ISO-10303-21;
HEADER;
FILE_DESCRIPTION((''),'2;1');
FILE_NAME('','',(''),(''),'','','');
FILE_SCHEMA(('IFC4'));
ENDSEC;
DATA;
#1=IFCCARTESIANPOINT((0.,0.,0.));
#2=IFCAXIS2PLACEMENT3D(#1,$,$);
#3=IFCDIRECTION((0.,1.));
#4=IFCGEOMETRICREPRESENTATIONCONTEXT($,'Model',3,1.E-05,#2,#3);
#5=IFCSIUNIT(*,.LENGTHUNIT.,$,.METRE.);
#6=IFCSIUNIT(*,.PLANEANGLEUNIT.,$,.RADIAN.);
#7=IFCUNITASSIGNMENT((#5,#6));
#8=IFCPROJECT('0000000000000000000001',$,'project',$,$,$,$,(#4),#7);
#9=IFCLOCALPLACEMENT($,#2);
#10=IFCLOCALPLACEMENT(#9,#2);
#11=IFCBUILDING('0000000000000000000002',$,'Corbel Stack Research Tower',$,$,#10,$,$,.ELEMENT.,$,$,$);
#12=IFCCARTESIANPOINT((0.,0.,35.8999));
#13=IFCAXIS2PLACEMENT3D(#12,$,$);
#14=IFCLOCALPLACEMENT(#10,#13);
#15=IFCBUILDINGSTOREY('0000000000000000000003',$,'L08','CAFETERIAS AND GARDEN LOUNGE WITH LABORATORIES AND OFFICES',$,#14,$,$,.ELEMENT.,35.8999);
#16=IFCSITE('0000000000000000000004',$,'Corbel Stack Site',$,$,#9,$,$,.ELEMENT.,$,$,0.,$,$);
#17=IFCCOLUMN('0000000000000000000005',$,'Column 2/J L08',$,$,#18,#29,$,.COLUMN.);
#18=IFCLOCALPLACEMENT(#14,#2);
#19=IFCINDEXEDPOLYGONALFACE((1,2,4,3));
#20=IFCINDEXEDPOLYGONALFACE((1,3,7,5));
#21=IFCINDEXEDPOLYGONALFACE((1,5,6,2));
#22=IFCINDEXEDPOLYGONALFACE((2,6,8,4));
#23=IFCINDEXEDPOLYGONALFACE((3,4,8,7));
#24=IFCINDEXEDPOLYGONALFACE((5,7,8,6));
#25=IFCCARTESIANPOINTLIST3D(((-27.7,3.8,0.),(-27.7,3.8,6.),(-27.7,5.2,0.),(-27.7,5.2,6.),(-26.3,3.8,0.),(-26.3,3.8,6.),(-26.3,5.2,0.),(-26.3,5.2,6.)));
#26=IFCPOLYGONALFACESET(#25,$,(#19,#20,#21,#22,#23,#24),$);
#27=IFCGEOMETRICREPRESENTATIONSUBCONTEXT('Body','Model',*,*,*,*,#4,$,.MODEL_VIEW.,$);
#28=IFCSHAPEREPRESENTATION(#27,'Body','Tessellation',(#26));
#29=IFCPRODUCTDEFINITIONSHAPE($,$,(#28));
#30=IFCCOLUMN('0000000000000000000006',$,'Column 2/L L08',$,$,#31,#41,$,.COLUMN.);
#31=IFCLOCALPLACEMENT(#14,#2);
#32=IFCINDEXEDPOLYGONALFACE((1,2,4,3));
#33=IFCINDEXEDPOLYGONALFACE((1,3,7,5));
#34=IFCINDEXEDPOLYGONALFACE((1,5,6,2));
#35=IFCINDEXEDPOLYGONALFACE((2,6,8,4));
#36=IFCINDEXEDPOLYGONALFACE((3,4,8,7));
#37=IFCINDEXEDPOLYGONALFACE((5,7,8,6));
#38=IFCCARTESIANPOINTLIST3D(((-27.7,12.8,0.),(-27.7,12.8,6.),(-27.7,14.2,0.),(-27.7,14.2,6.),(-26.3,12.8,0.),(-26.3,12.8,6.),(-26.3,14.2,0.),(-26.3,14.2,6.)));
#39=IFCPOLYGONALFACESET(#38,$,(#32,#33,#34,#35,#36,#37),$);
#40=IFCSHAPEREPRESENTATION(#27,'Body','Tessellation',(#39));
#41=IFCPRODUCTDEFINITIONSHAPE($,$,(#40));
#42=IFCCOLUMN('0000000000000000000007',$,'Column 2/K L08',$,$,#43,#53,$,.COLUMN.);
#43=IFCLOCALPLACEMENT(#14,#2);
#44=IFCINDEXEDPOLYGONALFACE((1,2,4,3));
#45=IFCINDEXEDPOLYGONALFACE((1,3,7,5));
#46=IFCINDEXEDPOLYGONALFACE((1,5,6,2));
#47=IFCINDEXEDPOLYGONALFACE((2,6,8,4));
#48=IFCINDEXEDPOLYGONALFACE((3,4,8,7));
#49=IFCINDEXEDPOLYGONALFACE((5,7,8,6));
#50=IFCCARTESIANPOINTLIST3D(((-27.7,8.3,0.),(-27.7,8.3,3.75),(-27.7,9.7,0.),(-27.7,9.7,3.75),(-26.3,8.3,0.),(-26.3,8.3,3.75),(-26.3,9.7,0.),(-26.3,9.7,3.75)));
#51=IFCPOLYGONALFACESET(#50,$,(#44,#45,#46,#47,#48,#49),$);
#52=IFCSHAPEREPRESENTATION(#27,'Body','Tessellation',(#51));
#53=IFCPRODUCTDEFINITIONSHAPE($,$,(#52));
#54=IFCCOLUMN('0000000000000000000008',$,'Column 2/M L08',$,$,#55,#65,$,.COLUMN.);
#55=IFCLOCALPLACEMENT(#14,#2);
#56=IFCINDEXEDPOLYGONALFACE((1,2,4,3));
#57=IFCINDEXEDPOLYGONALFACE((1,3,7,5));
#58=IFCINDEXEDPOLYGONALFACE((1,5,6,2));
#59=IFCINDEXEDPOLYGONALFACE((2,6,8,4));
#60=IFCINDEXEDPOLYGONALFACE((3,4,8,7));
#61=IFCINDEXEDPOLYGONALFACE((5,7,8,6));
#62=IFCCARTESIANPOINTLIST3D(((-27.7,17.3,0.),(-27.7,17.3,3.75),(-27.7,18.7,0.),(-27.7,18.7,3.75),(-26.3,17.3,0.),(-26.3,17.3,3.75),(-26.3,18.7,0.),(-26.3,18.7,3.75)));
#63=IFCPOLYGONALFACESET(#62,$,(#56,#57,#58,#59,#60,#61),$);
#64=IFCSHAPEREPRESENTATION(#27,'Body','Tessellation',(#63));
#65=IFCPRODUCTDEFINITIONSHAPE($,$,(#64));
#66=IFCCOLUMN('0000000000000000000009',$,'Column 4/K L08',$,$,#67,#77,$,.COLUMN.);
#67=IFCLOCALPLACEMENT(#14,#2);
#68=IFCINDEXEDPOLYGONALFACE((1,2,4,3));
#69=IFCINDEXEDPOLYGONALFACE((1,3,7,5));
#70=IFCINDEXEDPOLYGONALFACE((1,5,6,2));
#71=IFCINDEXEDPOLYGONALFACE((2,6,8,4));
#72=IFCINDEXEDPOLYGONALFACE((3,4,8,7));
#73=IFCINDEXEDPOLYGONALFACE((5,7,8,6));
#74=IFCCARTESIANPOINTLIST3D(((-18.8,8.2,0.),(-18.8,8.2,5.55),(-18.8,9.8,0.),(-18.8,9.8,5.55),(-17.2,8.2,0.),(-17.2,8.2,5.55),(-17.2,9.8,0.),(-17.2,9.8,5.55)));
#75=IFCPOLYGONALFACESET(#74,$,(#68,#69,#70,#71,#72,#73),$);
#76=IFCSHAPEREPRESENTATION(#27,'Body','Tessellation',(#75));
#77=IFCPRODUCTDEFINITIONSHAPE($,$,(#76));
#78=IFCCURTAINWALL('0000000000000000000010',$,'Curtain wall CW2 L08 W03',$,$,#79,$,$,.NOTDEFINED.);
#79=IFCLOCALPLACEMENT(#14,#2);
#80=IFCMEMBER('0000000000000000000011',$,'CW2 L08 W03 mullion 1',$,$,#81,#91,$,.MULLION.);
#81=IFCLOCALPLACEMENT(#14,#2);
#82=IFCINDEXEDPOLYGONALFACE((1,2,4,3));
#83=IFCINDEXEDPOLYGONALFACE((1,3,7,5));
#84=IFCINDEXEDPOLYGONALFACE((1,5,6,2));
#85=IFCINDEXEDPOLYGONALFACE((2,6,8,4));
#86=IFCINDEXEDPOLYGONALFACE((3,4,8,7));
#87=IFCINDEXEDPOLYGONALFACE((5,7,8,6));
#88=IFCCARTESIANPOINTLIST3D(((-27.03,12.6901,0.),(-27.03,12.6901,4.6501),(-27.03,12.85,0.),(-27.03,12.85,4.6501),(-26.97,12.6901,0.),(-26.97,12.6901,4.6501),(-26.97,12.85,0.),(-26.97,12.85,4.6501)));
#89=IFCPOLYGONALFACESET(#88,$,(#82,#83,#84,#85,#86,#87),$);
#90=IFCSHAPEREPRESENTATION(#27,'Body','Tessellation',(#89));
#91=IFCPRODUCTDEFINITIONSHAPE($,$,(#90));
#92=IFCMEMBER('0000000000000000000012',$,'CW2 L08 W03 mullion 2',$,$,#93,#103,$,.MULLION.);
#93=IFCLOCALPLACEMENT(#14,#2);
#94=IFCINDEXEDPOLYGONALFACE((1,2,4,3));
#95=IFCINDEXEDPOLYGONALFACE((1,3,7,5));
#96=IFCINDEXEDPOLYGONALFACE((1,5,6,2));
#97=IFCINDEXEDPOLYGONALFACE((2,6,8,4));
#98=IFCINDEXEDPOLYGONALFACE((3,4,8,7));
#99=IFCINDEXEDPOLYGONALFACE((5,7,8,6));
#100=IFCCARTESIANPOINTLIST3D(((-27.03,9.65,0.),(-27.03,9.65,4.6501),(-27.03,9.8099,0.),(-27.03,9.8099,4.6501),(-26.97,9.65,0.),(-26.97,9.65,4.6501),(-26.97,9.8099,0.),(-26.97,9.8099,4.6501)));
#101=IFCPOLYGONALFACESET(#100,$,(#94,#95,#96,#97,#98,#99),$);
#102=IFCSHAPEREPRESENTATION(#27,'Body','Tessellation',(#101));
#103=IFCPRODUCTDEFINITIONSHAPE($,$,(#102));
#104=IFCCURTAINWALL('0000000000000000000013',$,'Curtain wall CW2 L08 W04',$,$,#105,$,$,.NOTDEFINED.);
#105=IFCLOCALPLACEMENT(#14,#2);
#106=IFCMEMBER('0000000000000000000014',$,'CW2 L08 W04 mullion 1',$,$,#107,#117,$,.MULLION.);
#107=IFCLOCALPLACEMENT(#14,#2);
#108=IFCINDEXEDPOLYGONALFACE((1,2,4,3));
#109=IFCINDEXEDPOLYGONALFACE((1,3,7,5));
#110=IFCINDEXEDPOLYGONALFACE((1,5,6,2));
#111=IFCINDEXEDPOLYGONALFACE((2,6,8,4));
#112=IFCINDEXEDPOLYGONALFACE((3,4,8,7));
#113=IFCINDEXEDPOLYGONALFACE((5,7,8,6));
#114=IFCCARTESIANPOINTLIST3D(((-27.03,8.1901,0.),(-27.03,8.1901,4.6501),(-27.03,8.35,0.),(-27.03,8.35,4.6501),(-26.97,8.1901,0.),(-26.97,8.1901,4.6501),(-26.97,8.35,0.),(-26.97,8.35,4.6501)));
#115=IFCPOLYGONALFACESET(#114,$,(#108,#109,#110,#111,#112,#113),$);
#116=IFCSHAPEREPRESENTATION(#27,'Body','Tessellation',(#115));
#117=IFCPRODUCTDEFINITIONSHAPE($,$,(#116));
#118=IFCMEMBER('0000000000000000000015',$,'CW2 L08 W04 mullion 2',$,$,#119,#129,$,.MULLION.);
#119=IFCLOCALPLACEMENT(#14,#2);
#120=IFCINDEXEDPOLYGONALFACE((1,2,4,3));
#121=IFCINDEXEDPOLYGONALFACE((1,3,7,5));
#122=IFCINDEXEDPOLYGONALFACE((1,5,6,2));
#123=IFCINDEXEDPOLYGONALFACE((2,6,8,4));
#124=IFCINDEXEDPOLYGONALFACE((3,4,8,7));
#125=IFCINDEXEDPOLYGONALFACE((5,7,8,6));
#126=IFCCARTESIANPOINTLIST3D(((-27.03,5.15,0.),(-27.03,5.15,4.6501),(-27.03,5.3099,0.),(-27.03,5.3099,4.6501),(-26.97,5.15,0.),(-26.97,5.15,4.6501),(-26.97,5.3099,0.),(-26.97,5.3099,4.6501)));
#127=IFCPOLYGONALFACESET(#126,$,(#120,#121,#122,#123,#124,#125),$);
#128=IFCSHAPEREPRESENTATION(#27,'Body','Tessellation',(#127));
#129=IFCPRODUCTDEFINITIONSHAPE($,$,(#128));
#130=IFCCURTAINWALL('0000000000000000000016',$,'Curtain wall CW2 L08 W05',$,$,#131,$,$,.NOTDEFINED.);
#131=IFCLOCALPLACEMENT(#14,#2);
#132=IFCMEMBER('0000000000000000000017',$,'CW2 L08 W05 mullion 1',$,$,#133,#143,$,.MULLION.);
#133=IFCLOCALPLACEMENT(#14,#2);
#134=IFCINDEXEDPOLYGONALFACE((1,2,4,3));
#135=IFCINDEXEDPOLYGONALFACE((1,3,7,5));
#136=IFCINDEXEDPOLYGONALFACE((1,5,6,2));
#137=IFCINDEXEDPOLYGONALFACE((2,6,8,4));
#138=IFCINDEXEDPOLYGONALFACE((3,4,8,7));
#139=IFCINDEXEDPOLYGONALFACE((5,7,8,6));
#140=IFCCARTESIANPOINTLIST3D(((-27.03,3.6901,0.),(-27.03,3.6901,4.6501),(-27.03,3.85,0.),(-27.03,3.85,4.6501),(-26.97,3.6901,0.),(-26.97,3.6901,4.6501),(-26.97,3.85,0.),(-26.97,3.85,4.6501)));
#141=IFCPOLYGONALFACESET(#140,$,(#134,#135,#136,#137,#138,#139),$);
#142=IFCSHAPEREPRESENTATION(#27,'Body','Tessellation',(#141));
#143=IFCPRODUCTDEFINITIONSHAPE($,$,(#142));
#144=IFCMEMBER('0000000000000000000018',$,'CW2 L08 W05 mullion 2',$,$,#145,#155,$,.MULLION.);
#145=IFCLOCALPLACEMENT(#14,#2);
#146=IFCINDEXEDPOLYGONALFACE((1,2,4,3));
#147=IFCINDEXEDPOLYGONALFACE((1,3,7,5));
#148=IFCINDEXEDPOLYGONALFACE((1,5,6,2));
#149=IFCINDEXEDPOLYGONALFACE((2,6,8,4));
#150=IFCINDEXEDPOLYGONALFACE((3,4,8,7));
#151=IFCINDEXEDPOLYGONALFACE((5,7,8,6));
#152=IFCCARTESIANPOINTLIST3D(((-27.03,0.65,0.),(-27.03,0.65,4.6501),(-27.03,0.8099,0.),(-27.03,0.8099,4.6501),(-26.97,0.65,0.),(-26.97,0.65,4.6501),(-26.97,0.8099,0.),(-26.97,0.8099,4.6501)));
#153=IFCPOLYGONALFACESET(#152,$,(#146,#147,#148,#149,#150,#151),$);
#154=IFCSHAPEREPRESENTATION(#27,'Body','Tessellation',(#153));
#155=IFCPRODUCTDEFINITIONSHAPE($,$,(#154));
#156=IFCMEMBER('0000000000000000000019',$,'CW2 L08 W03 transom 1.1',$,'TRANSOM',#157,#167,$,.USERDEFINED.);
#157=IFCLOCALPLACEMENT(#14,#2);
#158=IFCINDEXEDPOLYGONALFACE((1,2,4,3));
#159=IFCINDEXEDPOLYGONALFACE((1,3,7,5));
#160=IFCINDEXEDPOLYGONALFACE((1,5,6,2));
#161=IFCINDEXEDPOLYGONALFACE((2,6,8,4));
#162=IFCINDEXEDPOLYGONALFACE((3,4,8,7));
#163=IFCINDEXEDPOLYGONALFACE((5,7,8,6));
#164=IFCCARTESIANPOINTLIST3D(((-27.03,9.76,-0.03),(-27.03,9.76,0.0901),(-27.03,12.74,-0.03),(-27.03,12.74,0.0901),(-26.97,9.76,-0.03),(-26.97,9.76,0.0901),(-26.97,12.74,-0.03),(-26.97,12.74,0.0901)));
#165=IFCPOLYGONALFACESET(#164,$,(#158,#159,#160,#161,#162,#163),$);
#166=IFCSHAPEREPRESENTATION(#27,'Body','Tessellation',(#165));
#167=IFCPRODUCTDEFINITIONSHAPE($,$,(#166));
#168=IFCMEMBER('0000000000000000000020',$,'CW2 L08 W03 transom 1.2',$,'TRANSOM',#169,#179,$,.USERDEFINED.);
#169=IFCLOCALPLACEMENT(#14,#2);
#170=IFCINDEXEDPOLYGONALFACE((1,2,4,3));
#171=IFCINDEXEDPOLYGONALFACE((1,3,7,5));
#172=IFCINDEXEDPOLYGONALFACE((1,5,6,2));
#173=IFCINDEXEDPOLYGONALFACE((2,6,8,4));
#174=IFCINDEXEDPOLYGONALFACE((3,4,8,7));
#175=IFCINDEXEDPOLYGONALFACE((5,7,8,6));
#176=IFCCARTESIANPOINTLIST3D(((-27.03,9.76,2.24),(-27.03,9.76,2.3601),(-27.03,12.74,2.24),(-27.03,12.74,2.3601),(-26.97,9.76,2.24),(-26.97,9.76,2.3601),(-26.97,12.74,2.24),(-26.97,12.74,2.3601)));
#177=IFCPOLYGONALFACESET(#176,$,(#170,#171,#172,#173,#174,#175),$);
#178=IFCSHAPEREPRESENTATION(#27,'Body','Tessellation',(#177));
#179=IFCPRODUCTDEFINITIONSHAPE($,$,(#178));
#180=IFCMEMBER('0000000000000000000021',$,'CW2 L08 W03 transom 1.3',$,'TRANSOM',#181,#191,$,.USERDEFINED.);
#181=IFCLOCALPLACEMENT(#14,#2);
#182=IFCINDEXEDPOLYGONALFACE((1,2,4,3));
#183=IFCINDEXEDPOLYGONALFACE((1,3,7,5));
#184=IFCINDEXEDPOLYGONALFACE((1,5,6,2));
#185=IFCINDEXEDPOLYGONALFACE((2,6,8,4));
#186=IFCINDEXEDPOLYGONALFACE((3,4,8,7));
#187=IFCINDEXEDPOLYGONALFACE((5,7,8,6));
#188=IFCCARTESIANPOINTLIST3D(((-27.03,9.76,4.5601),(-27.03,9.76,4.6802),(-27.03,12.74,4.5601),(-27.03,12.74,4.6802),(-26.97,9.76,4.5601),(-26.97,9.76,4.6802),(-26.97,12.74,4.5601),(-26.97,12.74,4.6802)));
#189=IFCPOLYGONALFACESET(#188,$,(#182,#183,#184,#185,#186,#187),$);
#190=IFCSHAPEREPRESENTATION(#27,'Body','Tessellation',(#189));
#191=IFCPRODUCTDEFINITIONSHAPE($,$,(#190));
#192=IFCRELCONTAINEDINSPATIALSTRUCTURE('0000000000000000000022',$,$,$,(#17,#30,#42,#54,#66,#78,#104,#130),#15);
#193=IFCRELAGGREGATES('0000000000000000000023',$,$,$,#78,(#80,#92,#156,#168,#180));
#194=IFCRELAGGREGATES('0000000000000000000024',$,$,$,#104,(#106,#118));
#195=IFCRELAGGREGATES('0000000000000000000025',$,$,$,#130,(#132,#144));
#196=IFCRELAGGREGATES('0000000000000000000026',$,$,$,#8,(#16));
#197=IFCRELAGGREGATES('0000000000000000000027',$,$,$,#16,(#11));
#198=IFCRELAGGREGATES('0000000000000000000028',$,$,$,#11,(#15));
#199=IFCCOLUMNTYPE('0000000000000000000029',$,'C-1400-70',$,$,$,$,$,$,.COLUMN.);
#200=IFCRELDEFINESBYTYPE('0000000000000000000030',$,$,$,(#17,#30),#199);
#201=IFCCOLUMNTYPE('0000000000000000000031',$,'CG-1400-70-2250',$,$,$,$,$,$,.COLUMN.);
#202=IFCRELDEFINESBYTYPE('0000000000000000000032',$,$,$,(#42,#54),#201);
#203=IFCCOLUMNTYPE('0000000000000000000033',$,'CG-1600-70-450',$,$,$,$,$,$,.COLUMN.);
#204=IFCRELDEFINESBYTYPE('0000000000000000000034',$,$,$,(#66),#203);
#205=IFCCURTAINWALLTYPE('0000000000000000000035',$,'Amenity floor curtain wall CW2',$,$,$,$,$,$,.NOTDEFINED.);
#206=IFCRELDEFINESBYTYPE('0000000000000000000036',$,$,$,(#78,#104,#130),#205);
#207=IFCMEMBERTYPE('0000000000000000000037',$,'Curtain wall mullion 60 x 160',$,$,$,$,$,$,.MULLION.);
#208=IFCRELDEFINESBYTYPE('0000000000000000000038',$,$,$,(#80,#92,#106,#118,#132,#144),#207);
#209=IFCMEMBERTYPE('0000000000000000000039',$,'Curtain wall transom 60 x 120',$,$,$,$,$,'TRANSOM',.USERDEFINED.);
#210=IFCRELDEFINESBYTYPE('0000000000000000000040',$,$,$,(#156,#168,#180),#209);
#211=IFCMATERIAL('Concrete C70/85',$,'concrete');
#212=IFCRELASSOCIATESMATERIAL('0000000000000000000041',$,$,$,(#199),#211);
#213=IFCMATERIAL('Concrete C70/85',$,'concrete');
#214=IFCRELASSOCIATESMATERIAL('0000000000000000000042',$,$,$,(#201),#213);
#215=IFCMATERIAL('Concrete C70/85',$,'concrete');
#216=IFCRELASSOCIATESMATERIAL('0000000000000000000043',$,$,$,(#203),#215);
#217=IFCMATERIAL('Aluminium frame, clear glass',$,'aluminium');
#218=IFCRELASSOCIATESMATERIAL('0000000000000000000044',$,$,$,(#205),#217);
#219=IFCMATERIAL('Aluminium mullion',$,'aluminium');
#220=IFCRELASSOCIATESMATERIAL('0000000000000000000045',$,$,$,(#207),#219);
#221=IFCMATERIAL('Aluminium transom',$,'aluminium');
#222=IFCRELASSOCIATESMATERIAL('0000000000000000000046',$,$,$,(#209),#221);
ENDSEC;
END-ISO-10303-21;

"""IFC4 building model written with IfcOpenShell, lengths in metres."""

from ifc_helpers import new_model, si_unit, direction, frame, origin, origin_2d, place, context, subcontext, project, spatial, rectangle, extrude, material, material_profile, profile_set, type_object, element, aggregate, save


model = new_model("IFC4")

# Units and contexts
model_context = context("Model", 3, precision=1e-05, world=origin(), true_north=direction((0.0, 1.0)))
body_context = subcontext(model_context, "Body", "Model", "MODEL_VIEW")
ifc_project = project(units=[si_unit("LENGTHUNIT", "METRE"), si_unit("PLANEANGLEUNIT", "RADIAN")], contexts=[model_context])

# Site, building, storey
site_placement = place(None, origin())
site = spatial("IfcSite", under=ifc_project, at=site_placement, Name="Corbel Stack Site", CompositionType="ELEMENT", RefElevation=0.0)
building_placement = place(site_placement, origin())
building = spatial("IfcBuilding", under=site, at=building_placement, Name="Corbel Stack Research Tower", CompositionType="ELEMENT")
storey_placement = place(building_placement, frame((0.0, 0.0, 35.8999)))
storey = spatial("IfcBuildingStorey", under=building, at=storey_placement, Name="L08", Description="CAFETERIAS AND GARDEN LOUNGE WITH LABORATORIES AND OFFICES", CompositionType="ELEMENT", Elevation=35.8999)

# Columns
ifc_material_1 = material(Name="Concrete C70/85", Category="concrete")
ifc_material_profile_1 = material_profile(ifc_material_1, rectangle(XDim=1.3999, YDim=1.3999, at=origin_2d()), Name="RC 1400 x 1400")
ifc_profile_set_1 = profile_set([ifc_material_profile_1], Name="Concrete C70/85")
column_type_1 = type_object("IfcColumnType", Name="C-1400-70", PredefinedType="COLUMN", material=ifc_profile_set_1)
for number, where, z_axis, x_axis, name in (
    (1, (-27.0, 4.5, 0.0), (0.0, 0.0, 1.0), (1.0, 0.0, 0.0), "Column 2/J L08"),
    (2, (-27.0, 13.5, 0.0), (0.0, 0.0, 1.0), (1.0, 0.0, 0.0), "Column 2/L L08"),
):
    element("IfcColumn", number, at=place(storey_placement, frame(where, z_axis=z_axis, x_axis=x_axis)), inside=storey, type_object=column_type_1, Name=name, PredefinedType="COLUMN", context=body_context, shape_type="SweptSolid", body=[
        extrude(rectangle(XDim=1.3999, YDim=1.3999, at=origin_2d()), origin(), (0.0, 0.0, 1.0), 6.0),
    ])
ifc_material_2 = material(Name="Concrete C70/85", Category="concrete")
ifc_material_profile_2 = material_profile(ifc_material_2, rectangle(XDim=1.3999, YDim=1.3999, at=origin_2d()), Name="RC 1400 x 1400")
ifc_profile_set_2 = profile_set([ifc_material_profile_2], Name="Concrete C70/85")
column_type_2 = type_object("IfcColumnType", Name="CG-1400-70-2250", PredefinedType="COLUMN", material=ifc_profile_set_2)
for number, where, z_axis, x_axis, name in (
    (3, (-27.0, 9.0, 0.0), (0.0, 0.0, 1.0), (1.0, 0.0, 0.0), "Column 2/K L08"),
    (4, (-27.0, 18.0, 0.0), (0.0, 0.0, 1.0), (1.0, 0.0, 0.0), "Column 2/M L08"),
):
    element("IfcColumn", number, at=place(storey_placement, frame(where, z_axis=z_axis, x_axis=x_axis)), inside=storey, type_object=column_type_2, Name=name, PredefinedType="COLUMN", context=body_context, shape_type="SweptSolid", body=[
        extrude(rectangle(XDim=1.3999, YDim=1.3999, at=origin_2d()), origin(), (0.0, 0.0, 1.0), 3.75),
    ])
ifc_material_3 = material(Name="Concrete C70/85", Category="concrete")
ifc_material_profile_3 = material_profile(ifc_material_3, rectangle(XDim=1.6001, YDim=1.6001, at=origin_2d()), Name="RC 1600 x 1600")
ifc_profile_set_3 = profile_set([ifc_material_profile_3], Name="Concrete C70/85")
column_type_3 = type_object("IfcColumnType", Name="CG-1600-70-450", PredefinedType="COLUMN", material=ifc_profile_set_3)
column_placement = place(storey_placement, frame((-18.0, 9.0, 0.0), z_axis=(0.0, 0.0, 1.0), x_axis=(1.0, 0.0, 0.0)))
element("IfcColumn", 5, at=column_placement, inside=storey, type_object=column_type_3, Name="Column 4/K L08", PredefinedType="COLUMN", context=body_context, shape_type="SweptSolid", body=[
    extrude(rectangle(XDim=1.6001, YDim=1.6001, at=origin_2d()), origin(), (0.0, 0.0, 1.0), 5.55),
])

# Curtain walls, members
ifc_material_4 = material(Name="Aluminium frame, clear glass", Category="aluminium")
curtain_wall_type = type_object("IfcCurtainWallType", Name="Amenity floor curtain wall CW2", PredefinedType="NOTDEFINED", material=ifc_material_4)
curtain_wall_1_placement = place(storey_placement, origin())
curtain_wall_1 = element("IfcCurtainWall", 6, at=curtain_wall_1_placement, inside=storey, type_object=curtain_wall_type, Name="Curtain wall CW2 L08 W03", PredefinedType="NOTDEFINED")
ifc_material_5 = material(Name="Aluminium mullion", Category="aluminium")
ifc_material_profile_4 = material_profile(ifc_material_5, rectangle(XDim=0.0601, YDim=0.1599, at=origin_2d()), Name="Mullion 60 x 160")
ifc_profile_set_4 = profile_set([ifc_material_profile_4], Name="Aluminium mullion")
member_type_1 = type_object("IfcMemberType", Name="Curtain wall mullion 60 x 160", PredefinedType="MULLION", material=ifc_profile_set_4)
member_1_placement = place(storey_placement, frame((-27.0, 12.77, 0.0), z_axis=(0.0, 0.0, 1.0), x_axis=(1.0, 0.0, 0.0)))
member_1 = element("IfcMember", 7, at=member_1_placement, type_object=member_type_1, Name="CW2 L08 W03 mullion 1", PredefinedType="MULLION", context=body_context, shape_type="SweptSolid", body=[
    extrude(rectangle(XDim=0.0601, YDim=0.1599, at=origin_2d()), origin(), (0.0, 0.0, 1.0), 4.6501),
])
member_2_placement = place(storey_placement, frame((-27.0, 9.73, 0.0), z_axis=(0.0, 0.0, 1.0), x_axis=(1.0, 0.0, 0.0)))
member_2 = element("IfcMember", 8, at=member_2_placement, type_object=member_type_1, Name="CW2 L08 W03 mullion 2", PredefinedType="MULLION", context=body_context, shape_type="SweptSolid", body=[
    extrude(rectangle(XDim=0.0601, YDim=0.1599, at=origin_2d()), origin(), (0.0, 0.0, 1.0), 4.6501),
])
curtain_wall_2_placement = place(storey_placement, origin())
curtain_wall_2 = element("IfcCurtainWall", 9, at=curtain_wall_2_placement, inside=storey, type_object=curtain_wall_type, Name="Curtain wall CW2 L08 W04", PredefinedType="NOTDEFINED")
member_3_placement = place(storey_placement, frame((-27.0, 8.27, 0.0), z_axis=(0.0, 0.0, 1.0), x_axis=(1.0, 0.0, 0.0)))
member_3 = element("IfcMember", 10, at=member_3_placement, type_object=member_type_1, Name="CW2 L08 W04 mullion 1", PredefinedType="MULLION", context=body_context, shape_type="SweptSolid", body=[
    extrude(rectangle(XDim=0.0601, YDim=0.1599, at=origin_2d()), origin(), (0.0, 0.0, 1.0), 4.6501),
])
member_4_placement = place(storey_placement, frame((-27.0, 5.23, 0.0), z_axis=(0.0, 0.0, 1.0), x_axis=(1.0, 0.0, 0.0)))
member_4 = element("IfcMember", 11, at=member_4_placement, type_object=member_type_1, Name="CW2 L08 W04 mullion 2", PredefinedType="MULLION", context=body_context, shape_type="SweptSolid", body=[
    extrude(rectangle(XDim=0.0601, YDim=0.1599, at=origin_2d()), origin(), (0.0, 0.0, 1.0), 4.6501),
])
curtain_wall_3_placement = place(storey_placement, origin())
curtain_wall_3 = element("IfcCurtainWall", 12, at=curtain_wall_3_placement, inside=storey, type_object=curtain_wall_type, Name="Curtain wall CW2 L08 W05", PredefinedType="NOTDEFINED")
member_5_placement = place(storey_placement, frame((-27.0, 3.77, 0.0), z_axis=(0.0, 0.0, 1.0), x_axis=(1.0, 0.0, 0.0)))
member_5 = element("IfcMember", 13, at=member_5_placement, type_object=member_type_1, Name="CW2 L08 W05 mullion 1", PredefinedType="MULLION", context=body_context, shape_type="SweptSolid", body=[
    extrude(rectangle(XDim=0.0601, YDim=0.1599, at=origin_2d()), origin(), (0.0, 0.0, 1.0), 4.6501),
])
member_6_placement = place(storey_placement, frame((-27.0, 0.73, 0.0), z_axis=(0.0, 0.0, 1.0), x_axis=(1.0, 0.0, 0.0)))
member_6 = element("IfcMember", 14, at=member_6_placement, type_object=member_type_1, Name="CW2 L08 W05 mullion 2", PredefinedType="MULLION", context=body_context, shape_type="SweptSolid", body=[
    extrude(rectangle(XDim=0.0601, YDim=0.1599, at=origin_2d()), origin(), (0.0, 0.0, 1.0), 4.6501),
])

# Members
ifc_material_6 = material(Name="Aluminium transom", Category="aluminium")
ifc_material_profile_5 = material_profile(ifc_material_6, rectangle(XDim=0.0601, YDim=0.1201, at=origin_2d()), Name="Transom 60 x 120")
ifc_profile_set_5 = profile_set([ifc_material_profile_5], Name="Aluminium transom")
member_type_2 = type_object("IfcMemberType", Name="Curtain wall transom 60 x 120", ElementType="TRANSOM", PredefinedType="USERDEFINED", material=ifc_profile_set_5)
member_7_placement = place(storey_placement, frame((-27.0, 12.74, 0.03), z_axis=(0.0, -1.0, 0.0), x_axis=(1.0, 0.0, 0.0)))
member_7 = element("IfcMember", 15, at=member_7_placement, type_object=member_type_2, Name="CW2 L08 W03 transom 1.1", ObjectType="TRANSOM", PredefinedType="USERDEFINED", context=body_context, shape_type="SweptSolid", body=[
    extrude(rectangle(XDim=0.0601, YDim=0.1201, at=origin_2d()), origin(), (0.0, 0.0, 1.0), 2.98),
])
member_8_placement = place(storey_placement, frame((-27.0, 12.74, 2.3), z_axis=(0.0, -1.0, 0.0), x_axis=(1.0, 0.0, 0.0)))
member_8 = element("IfcMember", 16, at=member_8_placement, type_object=member_type_2, Name="CW2 L08 W03 transom 1.2", ObjectType="TRANSOM", PredefinedType="USERDEFINED", context=body_context, shape_type="SweptSolid", body=[
    extrude(rectangle(XDim=0.0601, YDim=0.1201, at=origin_2d()), origin(), (0.0, 0.0, 1.0), 2.98),
])
member_9_placement = place(storey_placement, frame((-27.0, 12.74, 4.6201), z_axis=(0.0, -1.0, 0.0), x_axis=(1.0, 0.0, 0.0)))
member_9 = element("IfcMember", 17, at=member_9_placement, type_object=member_type_2, Name="CW2 L08 W03 transom 1.3", ObjectType="TRANSOM", PredefinedType="USERDEFINED", context=body_context, shape_type="SweptSolid", body=[
    extrude(rectangle(XDim=0.0601, YDim=0.1201, at=origin_2d()), origin(), (0.0, 0.0, 1.0), 2.98),
])

aggregate(curtain_wall_1, [member_1, member_2, member_7, member_8, member_9])
aggregate(curtain_wall_2, [member_3, member_4])
aggregate(curtain_wall_3, [member_5, member_6])

save(model, "model.ifc")
